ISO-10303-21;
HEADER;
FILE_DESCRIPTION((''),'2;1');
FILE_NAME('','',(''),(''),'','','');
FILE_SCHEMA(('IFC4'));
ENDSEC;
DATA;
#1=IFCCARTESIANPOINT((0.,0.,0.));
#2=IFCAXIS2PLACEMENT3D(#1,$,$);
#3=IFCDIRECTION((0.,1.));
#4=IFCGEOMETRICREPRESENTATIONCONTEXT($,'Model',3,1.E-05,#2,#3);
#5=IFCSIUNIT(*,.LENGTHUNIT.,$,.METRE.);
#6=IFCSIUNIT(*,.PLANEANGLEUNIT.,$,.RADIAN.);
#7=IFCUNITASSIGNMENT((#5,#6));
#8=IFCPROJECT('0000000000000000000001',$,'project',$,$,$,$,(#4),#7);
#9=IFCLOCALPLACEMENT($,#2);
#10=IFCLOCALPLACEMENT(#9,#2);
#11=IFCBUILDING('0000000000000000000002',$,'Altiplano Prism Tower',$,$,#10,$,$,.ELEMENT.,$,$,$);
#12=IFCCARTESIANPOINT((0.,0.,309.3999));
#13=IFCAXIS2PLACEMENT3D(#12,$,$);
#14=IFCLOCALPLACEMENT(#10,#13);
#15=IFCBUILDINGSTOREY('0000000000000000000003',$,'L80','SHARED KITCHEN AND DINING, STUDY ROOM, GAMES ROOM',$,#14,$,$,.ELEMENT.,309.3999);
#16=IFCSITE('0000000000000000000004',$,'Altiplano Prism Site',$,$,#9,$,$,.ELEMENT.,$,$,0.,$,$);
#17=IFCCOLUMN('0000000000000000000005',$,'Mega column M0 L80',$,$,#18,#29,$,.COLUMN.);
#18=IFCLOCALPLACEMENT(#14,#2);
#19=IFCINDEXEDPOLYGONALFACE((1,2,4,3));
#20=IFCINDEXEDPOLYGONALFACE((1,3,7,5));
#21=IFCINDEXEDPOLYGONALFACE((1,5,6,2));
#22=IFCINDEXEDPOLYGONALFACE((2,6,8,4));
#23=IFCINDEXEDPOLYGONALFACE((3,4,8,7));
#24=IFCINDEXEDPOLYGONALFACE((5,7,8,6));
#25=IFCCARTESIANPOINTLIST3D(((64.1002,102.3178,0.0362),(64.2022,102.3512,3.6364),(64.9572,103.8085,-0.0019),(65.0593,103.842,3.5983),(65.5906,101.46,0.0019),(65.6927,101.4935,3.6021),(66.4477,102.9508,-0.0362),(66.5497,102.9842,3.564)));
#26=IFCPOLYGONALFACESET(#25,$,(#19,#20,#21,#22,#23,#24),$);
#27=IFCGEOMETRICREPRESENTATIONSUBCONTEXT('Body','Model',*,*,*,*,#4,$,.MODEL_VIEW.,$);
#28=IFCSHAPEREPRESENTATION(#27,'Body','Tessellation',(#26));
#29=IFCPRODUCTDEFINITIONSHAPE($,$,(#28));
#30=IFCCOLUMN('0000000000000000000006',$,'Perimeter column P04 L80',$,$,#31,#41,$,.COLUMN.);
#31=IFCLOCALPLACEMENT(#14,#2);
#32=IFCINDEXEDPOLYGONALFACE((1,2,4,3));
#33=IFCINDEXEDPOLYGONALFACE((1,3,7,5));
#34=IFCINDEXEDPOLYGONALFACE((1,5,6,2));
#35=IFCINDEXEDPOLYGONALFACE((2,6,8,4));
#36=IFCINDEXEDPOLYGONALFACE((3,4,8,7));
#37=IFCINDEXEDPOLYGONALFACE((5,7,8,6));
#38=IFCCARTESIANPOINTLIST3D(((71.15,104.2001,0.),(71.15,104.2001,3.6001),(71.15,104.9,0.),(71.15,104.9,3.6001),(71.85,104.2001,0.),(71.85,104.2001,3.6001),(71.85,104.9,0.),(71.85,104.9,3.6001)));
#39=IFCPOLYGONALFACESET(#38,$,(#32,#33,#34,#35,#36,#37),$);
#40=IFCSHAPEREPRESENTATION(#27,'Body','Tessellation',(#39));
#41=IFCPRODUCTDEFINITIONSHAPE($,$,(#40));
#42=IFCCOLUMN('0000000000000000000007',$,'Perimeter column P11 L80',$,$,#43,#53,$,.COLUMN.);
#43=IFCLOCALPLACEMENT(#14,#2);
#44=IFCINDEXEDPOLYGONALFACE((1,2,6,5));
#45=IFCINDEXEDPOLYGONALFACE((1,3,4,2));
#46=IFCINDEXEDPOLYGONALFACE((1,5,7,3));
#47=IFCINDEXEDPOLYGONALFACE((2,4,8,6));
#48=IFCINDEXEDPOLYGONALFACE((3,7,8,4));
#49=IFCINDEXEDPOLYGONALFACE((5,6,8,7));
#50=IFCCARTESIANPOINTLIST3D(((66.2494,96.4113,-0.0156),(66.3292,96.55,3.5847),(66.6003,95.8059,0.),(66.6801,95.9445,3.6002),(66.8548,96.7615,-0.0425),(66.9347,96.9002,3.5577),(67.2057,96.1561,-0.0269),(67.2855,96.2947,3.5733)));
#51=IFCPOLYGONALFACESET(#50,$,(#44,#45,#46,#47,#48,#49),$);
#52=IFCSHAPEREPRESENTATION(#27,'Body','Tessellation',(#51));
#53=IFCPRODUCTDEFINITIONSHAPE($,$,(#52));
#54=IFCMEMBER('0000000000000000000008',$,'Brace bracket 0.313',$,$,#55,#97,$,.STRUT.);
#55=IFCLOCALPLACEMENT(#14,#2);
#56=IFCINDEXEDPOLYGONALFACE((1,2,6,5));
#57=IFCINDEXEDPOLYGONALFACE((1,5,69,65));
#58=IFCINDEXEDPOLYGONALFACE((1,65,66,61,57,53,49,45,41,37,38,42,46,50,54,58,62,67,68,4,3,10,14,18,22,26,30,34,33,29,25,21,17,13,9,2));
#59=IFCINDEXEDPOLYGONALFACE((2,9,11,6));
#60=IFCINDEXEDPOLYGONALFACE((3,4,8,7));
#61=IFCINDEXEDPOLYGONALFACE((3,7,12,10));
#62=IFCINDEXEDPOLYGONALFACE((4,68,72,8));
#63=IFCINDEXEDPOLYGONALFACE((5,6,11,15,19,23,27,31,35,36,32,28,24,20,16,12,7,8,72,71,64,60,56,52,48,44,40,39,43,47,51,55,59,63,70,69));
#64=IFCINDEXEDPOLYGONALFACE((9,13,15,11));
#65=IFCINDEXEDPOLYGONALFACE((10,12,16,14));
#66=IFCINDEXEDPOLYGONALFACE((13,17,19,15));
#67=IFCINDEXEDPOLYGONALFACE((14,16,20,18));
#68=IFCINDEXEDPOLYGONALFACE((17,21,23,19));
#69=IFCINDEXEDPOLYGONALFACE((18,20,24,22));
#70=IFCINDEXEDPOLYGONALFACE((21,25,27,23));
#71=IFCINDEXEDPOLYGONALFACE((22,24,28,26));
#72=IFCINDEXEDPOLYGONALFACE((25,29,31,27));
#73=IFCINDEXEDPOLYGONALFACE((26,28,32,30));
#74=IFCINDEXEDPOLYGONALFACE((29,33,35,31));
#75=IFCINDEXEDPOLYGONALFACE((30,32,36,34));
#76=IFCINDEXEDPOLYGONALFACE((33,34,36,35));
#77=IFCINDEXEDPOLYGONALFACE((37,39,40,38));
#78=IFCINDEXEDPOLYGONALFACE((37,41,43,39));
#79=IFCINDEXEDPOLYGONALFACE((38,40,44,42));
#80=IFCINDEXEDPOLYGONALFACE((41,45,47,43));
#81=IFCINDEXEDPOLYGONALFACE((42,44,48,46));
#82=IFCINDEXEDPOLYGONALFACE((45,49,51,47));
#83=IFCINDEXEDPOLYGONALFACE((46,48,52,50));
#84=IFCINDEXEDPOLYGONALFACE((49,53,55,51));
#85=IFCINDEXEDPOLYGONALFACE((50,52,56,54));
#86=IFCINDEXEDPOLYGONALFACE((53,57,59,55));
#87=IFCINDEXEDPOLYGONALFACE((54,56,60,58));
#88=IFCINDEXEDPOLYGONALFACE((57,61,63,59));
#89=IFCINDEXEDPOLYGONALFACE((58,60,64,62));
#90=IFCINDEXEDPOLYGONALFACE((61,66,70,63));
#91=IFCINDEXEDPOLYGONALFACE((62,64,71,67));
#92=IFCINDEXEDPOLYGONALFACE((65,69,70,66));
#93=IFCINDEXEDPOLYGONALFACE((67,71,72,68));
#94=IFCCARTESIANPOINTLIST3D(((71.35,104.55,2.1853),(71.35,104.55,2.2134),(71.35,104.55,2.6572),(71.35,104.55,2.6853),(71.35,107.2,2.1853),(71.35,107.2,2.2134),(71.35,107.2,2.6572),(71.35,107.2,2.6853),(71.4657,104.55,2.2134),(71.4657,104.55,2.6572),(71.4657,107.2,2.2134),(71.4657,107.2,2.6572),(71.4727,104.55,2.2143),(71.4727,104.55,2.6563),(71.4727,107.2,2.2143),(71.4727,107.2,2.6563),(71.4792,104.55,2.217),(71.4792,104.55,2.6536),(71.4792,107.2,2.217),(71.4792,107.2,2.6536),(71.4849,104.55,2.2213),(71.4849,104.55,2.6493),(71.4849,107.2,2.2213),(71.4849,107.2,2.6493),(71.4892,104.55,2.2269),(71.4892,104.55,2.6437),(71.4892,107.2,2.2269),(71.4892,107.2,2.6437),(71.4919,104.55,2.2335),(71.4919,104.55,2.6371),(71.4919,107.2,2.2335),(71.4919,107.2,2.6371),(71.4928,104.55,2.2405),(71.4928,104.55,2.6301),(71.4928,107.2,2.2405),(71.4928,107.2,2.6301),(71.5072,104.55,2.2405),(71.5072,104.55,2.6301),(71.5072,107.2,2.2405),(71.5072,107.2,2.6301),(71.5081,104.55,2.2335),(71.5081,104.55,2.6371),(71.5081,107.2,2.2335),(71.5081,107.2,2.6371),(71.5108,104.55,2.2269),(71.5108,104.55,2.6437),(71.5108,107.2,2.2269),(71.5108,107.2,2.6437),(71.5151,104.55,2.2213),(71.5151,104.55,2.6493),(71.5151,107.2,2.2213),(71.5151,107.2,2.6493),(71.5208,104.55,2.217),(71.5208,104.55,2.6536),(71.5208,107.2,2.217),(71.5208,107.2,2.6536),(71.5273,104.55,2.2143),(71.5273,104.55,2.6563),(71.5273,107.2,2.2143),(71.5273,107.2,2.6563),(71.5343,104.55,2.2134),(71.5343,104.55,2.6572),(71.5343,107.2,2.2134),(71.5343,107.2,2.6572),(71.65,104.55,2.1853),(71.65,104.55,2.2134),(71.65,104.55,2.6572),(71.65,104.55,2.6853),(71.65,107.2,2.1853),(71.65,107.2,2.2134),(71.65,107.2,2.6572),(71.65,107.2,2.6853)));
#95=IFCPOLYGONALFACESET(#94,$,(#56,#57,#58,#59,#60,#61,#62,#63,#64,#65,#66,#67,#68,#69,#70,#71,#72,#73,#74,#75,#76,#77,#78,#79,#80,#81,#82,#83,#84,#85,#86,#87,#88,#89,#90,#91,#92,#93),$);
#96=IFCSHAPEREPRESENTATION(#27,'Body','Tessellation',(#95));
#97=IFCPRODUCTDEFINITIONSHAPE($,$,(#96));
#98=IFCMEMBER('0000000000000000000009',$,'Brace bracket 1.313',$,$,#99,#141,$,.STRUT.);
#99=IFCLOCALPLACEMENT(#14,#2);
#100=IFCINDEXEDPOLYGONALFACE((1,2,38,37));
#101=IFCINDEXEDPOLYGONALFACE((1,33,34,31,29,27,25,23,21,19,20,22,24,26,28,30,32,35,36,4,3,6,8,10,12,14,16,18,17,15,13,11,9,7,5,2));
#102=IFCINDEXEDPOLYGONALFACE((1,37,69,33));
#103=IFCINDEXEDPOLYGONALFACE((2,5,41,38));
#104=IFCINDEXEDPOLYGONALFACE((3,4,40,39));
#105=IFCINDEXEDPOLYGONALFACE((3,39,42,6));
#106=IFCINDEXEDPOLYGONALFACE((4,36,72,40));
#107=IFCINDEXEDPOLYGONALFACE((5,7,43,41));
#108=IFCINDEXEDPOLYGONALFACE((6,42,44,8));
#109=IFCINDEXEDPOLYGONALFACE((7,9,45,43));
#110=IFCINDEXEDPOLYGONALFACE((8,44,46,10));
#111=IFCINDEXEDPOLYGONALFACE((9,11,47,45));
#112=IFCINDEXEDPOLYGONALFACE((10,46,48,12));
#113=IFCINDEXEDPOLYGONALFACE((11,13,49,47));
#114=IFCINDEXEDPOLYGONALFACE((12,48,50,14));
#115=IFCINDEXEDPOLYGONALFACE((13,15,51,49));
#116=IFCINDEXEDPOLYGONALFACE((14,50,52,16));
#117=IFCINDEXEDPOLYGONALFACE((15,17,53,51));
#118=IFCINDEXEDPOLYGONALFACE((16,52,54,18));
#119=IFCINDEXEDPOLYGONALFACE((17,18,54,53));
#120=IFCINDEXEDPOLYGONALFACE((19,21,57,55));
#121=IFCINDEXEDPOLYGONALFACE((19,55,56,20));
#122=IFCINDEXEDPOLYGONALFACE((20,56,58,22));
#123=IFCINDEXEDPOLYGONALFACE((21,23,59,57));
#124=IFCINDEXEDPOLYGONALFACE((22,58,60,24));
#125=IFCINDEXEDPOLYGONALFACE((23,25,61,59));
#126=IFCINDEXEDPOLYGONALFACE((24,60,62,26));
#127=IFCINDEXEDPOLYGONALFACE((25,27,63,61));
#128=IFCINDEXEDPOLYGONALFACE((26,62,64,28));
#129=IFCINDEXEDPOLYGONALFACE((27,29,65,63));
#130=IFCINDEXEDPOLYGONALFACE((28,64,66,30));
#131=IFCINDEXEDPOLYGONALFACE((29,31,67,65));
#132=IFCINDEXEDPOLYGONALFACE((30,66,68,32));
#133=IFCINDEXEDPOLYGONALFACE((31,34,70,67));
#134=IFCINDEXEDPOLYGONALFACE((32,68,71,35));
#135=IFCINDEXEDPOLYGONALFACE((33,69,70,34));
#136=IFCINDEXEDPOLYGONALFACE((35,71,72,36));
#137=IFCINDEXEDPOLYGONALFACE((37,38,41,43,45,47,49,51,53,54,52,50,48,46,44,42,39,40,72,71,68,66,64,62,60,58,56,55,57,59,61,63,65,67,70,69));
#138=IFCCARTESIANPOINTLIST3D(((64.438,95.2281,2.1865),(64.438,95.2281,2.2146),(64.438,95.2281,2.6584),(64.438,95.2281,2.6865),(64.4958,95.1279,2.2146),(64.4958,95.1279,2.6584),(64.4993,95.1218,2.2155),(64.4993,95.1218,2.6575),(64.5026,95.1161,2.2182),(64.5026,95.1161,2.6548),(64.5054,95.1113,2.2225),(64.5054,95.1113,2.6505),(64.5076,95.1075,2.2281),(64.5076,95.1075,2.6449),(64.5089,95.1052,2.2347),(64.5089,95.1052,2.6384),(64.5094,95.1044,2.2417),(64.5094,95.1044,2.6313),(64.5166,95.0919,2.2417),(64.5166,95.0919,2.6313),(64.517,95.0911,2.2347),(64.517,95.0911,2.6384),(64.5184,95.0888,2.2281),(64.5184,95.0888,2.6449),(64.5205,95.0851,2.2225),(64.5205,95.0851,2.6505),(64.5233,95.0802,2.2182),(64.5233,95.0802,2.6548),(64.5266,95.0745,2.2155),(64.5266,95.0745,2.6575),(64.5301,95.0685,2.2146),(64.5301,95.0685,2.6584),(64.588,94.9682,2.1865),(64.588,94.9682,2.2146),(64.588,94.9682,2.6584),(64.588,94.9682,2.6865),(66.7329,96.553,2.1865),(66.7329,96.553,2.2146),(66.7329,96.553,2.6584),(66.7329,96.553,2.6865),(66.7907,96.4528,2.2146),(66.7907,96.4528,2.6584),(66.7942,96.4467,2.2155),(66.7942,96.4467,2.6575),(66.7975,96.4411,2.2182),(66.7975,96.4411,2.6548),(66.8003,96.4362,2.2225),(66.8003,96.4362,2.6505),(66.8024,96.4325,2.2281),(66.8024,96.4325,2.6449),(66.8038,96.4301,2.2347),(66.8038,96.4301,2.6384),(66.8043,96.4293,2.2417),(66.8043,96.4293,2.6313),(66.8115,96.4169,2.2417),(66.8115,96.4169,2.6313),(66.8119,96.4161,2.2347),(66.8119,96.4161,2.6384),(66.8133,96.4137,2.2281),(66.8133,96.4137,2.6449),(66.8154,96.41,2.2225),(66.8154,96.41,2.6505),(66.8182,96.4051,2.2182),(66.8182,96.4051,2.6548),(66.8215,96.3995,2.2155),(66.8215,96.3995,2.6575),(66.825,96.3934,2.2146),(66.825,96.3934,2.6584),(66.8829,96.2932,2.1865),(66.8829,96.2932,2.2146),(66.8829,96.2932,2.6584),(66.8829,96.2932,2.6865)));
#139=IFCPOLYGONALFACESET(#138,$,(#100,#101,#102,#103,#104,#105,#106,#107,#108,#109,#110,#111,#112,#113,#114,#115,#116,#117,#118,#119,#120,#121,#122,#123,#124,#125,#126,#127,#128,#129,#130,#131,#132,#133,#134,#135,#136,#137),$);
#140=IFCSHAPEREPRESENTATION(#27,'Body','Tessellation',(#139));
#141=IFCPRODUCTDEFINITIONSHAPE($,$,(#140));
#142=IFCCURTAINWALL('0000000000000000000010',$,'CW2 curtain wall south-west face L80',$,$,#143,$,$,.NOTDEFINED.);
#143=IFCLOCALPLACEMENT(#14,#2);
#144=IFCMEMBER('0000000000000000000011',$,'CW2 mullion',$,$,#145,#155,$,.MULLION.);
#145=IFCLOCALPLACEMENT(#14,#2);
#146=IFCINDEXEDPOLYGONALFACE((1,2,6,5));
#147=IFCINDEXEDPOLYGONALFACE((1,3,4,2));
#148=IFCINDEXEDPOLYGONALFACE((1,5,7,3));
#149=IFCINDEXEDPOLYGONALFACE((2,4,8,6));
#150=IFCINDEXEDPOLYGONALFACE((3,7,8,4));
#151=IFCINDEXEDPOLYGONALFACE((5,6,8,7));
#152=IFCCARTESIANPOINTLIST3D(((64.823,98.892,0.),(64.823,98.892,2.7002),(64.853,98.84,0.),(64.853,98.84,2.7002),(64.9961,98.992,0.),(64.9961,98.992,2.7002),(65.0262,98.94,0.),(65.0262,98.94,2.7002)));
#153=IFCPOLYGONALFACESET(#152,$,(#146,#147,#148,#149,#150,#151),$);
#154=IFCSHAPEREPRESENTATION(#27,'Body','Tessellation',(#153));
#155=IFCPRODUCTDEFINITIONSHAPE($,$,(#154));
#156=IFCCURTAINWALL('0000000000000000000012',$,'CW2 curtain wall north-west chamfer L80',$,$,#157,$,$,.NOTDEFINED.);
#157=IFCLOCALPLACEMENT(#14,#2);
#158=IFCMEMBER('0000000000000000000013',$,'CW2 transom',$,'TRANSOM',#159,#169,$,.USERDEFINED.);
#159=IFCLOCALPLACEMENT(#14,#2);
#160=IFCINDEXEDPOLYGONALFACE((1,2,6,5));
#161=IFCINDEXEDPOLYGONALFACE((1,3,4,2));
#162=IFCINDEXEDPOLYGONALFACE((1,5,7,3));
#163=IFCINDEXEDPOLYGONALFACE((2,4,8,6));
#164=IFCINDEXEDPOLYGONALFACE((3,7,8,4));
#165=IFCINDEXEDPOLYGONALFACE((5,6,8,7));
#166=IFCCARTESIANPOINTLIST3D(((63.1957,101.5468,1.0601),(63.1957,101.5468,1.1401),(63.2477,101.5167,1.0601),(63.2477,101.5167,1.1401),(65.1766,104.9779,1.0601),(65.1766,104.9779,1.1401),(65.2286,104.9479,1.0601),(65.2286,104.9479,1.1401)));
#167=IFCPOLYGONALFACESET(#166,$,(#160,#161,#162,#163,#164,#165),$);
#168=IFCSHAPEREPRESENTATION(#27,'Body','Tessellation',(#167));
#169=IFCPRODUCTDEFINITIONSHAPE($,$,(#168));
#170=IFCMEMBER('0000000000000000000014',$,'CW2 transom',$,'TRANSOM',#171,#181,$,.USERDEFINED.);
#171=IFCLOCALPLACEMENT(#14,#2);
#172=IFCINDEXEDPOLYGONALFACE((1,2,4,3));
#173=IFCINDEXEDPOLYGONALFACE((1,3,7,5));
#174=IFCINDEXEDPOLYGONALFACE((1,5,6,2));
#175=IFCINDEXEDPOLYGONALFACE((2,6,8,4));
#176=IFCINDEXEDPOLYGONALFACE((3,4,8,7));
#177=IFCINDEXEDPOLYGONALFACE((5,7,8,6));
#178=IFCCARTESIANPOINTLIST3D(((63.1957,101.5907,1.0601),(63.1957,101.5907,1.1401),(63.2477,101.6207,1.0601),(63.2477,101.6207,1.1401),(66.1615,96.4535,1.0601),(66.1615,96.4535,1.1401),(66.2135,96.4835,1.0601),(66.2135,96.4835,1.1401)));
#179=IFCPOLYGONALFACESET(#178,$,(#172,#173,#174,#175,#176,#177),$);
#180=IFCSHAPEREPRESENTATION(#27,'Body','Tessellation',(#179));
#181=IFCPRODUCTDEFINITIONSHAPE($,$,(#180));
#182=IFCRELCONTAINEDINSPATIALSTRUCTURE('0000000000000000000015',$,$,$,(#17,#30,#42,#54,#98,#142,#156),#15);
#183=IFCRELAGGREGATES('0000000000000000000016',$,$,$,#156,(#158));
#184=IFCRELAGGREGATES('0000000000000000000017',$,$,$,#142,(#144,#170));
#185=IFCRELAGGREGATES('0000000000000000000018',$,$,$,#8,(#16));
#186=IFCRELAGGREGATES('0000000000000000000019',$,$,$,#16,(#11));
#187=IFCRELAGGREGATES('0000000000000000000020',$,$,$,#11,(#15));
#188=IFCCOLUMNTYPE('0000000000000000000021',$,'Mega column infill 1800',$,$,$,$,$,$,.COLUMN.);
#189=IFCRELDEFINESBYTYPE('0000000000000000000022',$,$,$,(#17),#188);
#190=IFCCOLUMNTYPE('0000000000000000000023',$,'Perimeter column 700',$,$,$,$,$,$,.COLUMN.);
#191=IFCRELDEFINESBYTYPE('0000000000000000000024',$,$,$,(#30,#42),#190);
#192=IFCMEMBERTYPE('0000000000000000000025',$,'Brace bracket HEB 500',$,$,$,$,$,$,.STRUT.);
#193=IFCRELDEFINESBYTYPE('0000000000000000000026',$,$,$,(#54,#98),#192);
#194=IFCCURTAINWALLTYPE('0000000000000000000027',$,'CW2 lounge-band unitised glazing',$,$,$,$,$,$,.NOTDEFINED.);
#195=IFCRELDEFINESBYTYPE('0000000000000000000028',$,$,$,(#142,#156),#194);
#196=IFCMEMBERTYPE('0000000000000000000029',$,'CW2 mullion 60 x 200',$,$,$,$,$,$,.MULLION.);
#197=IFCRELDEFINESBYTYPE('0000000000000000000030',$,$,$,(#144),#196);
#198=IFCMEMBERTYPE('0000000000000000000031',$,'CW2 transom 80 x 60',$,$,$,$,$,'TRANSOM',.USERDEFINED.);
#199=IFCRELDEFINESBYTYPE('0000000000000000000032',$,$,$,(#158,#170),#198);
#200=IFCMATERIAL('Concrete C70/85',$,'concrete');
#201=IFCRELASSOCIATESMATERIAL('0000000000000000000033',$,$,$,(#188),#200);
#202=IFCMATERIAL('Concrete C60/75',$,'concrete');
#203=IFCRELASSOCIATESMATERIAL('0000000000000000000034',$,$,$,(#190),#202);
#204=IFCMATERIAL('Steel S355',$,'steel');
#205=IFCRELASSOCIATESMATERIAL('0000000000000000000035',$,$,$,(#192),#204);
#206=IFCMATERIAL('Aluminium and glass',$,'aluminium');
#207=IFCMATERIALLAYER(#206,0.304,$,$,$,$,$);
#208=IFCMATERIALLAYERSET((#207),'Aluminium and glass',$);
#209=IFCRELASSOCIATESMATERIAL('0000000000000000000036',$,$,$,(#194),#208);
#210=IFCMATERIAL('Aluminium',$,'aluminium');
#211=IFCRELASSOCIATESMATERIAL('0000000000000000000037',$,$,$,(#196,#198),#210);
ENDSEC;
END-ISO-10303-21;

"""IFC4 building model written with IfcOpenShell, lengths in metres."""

from ifc_helpers import new_model, si_unit, direction, frame, origin, origin_2d, place, context, subcontext, project, spatial, rectangle, i_section, extrude, material, layer, layer_set, material_profile, profile_set, type_object, element, aggregate, save


model = new_model("IFC4")

# Units and contexts
model_context = context("Model", 3, precision=1e-05, world=origin(), true_north=direction((0.0, 1.0)))
body_context = subcontext(model_context, "Body", "Model", "MODEL_VIEW")
ifc_project = project(units=[si_unit("LENGTHUNIT", "METRE"), si_unit("PLANEANGLEUNIT", "RADIAN")], contexts=[model_context])

# Site, building, storey
site_placement = place(None, origin())
site = spatial("IfcSite", under=ifc_project, at=site_placement, Name="Altiplano Prism Site", CompositionType="ELEMENT", RefElevation=0.0)
building_placement = place(site_placement, origin())
building = spatial("IfcBuilding", under=site, at=building_placement, Name="Altiplano Prism Tower", CompositionType="ELEMENT")
storey_placement = place(building_placement, frame((0.0, 0.0, 309.3999)))
storey = spatial("IfcBuildingStorey", under=building, at=storey_placement, Name="L80", Description="SHARED KITCHEN AND DINING, STUDY ROOM, GAMES ROOM", CompositionType="ELEMENT", Elevation=309.3999)

# Columns
ifc_material_1 = material(Name="Concrete C70/85", Category="concrete")
ifc_material_profile_1 = material_profile(ifc_material_1, rectangle(XDim=1.72, YDim=1.72, at=origin_2d()), Name="Mega column infill 1800")
ifc_profile_set_1 = profile_set([ifc_material_profile_1], Name="Concrete C70/85")
column_type_1 = type_object("IfcColumnType", Name="Mega column infill 1800", PredefinedType="COLUMN", material=ifc_profile_set_1)
column_1_placement = place(storey_placement, frame((65.2739, 102.6343, 0.0), z_axis=(0.028334, 0.009287, 0.999555), x_axis=(-0.866556, 0.498682, 0.019931)))
element("IfcColumn", 1, at=column_1_placement, inside=storey, type_object=column_type_1, Name="Mega column M0 L80", PredefinedType="COLUMN", context=body_context, shape_type="SweptSolid", body=[
    extrude(rectangle(XDim=1.72, YDim=1.72, at=origin_2d()), origin(), (0.0, 0.0, 1.0), 3.6018),
])
ifc_material_2 = material(Name="Concrete C60/75", Category="concrete")
ifc_material_profile_2 = material_profile(ifc_material_2, rectangle(XDim=0.7, YDim=0.7, at=origin_2d()), Name="Perimeter column 700")
ifc_profile_set_2 = profile_set([ifc_material_profile_2], Name="Concrete C60/75")
column_type_2 = type_object("IfcColumnType", Name="Perimeter column 700", PredefinedType="COLUMN", material=ifc_profile_set_2)
column_2_placement = place(storey_placement, frame((71.5, 104.55, 0.0), z_axis=(0.0, 0.0, 1.0), x_axis=(1.0, 0.0, 0.0)))
element("IfcColumn", 2, at=column_2_placement, inside=storey, type_object=column_type_2, Name="Perimeter column P04 L80", PredefinedType="COLUMN", context=body_context, shape_type="SweptSolid", body=[
    extrude(rectangle(XDim=0.7, YDim=0.7, at=origin_2d()), origin(), (0.0, 0.0, 1.0), 3.6001),
])
column_3_placement = place(storey_placement, frame((66.7275, 96.2837, -0.0212), z_axis=(0.022154, 0.038481, 0.999014), x_axis=(-0.864982, -0.500327, 0.038453)))
element("IfcColumn", 3, at=column_3_placement, inside=storey, type_object=column_type_2, Name="Perimeter column P11 L80", PredefinedType="COLUMN", context=body_context, shape_type="SweptSolid", body=[
    extrude(rectangle(XDim=0.7, YDim=0.7, at=origin_2d()), origin(), (0.0, 0.0, 1.0), 3.6038),
])

# Members
ifc_material_3 = material(Name="Steel S355", Category="steel")
ifc_material_profile_3 = material_profile(ifc_material_3, i_section(OverallWidth=0.3, OverallDepth=0.5, WebThickness=0.0144, FlangeThickness=0.0281, FilletRadius=0.0271, at=origin_2d()), Name="Brace bracket HEB 500")
ifc_profile_set_3 = profile_set([ifc_material_profile_3], Name="Steel S355")
member_type_1 = type_object("IfcMemberType", Name="Brace bracket HEB 500", PredefinedType="STRUT", material=ifc_profile_set_3)
for number, where, z_axis, x_axis, name in (
    (4, (71.5, 104.55, 2.4353), (0.0, 1.0, 0.0), (-1.0, 0.0, 0.0), "Brace bracket 0.313"),
    (5, (66.8079, 96.4231, 2.4365), (-0.866029, -0.499994, 0.0), (0.499994, -0.866029, 0.0), "Brace bracket 1.313"),
):
    element("IfcMember", number, at=place(storey_placement, frame(where, z_axis=z_axis, x_axis=x_axis)), inside=storey, type_object=member_type_1, Name=name, PredefinedType="STRUT", context=body_context, shape_type="SweptSolid", body=[
        extrude(i_section(OverallWidth=0.3, OverallDepth=0.5, WebThickness=0.0144, FlangeThickness=0.0281, FilletRadius=0.0271, at=origin_2d()), origin(), (0.0, 0.0, 1.0), 2.6499),
    ])

# Curtain walls, members
ifc_material_4 = material(Name="Aluminium and glass", Category="aluminium")
ifc_layer_1 = layer(ifc_material_4, 0.304)
ifc_layer_set_1 = layer_set([ifc_layer_1], Name="Aluminium and glass")
curtain_wall_type = type_object("IfcCurtainWallType", Name="CW2 lounge-band unitised glazing", PredefinedType="NOTDEFINED", material=ifc_layer_set_1)
curtain_wall_1_placement = place(storey_placement, origin())
curtain_wall_1 = element("IfcCurtainWall", 6, at=curtain_wall_1_placement, inside=storey, type_object=curtain_wall_type, Name="CW2 curtain wall south-west face L80", PredefinedType="NOTDEFINED")
ifc_material_5 = material(Name="Aluminium", Category="aluminium")
ifc_material_profile_4 = material_profile(ifc_material_5, rectangle(XDim=0.2, YDim=0.0601, at=origin_2d()), Name="CW2 mullion 60 x 200")
ifc_profile_set_4 = profile_set([ifc_material_profile_4], Name="Aluminium")
member_type_2 = type_object("IfcMemberType", Name="CW2 mullion 60 x 200", PredefinedType="MULLION", material=ifc_profile_set_4)
member_1_placement = place(storey_placement, frame((64.9246, 98.916, 0.0), z_axis=(0.0, 0.0, 1.0), x_axis=(0.866025, 0.5, 0.0)))
member_1 = element("IfcMember", 7, at=member_1_placement, type_object=member_type_2, Name="CW2 mullion", PredefinedType="MULLION", context=body_context, shape_type="SweptSolid", body=[
    extrude(rectangle(XDim=0.2, YDim=0.0601, at=origin_2d()), origin(), (0.0, 0.0, 1.0), 2.7002),
])
curtain_wall_2_placement = place(storey_placement, origin())
curtain_wall_2 = element("IfcCurtainWall", 8, at=curtain_wall_2_placement, inside=storey, type_object=curtain_wall_type, Name="CW2 curtain wall north-west chamfer L80", PredefinedType="NOTDEFINED")
ifc_material_profile_5 = material_profile(ifc_material_5, rectangle(XDim=0.0601, YDim=0.0801, at=origin_2d()), Name="CW2 transom 80 x 60")
ifc_profile_set_5 = profile_set([ifc_material_profile_5], Name="Aluminium")
member_type_3 = type_object("IfcMemberType", Name="CW2 transom 80 x 60", ElementType="TRANSOM", PredefinedType="USERDEFINED", material=ifc_profile_set_5)
member_2_placement = place(storey_placement, frame((65.2026, 104.9629, 1.1001), z_axis=(-0.499996, -0.866028, 0.0), x_axis=(0.866028, -0.499996, 0.0)))
member_2 = element("IfcMember", 9, at=member_2_placement, type_object=member_type_3, Name="CW2 transom", ObjectType="TRANSOM", PredefinedType="USERDEFINED", context=body_context, shape_type="SweptSolid", body=[
    extrude(rectangle(XDim=0.0601, YDim=0.0801, at=origin_2d()), origin(), (0.0, 0.0, 1.0), 3.9619),
])

# Member
member_3_placement = place(storey_placement, frame((63.2217, 101.6057, 1.1001), z_axis=(0.499981, -0.866036, 0.0), x_axis=(0.866036, 0.499981, 0.0)))
member_3 = element("IfcMember", 10, at=member_3_placement, type_object=member_type_3, Name="CW2 transom", ObjectType="TRANSOM", PredefinedType="USERDEFINED", context=body_context, shape_type="SweptSolid", body=[
    extrude(rectangle(XDim=0.0601, YDim=0.0801, at=origin_2d()), origin(), (0.0, 0.0, 1.0), 5.9319),
])

aggregate(curtain_wall_2, [member_2])
aggregate(curtain_wall_1, [member_1, member_3])

save(model, "model.ifc")
